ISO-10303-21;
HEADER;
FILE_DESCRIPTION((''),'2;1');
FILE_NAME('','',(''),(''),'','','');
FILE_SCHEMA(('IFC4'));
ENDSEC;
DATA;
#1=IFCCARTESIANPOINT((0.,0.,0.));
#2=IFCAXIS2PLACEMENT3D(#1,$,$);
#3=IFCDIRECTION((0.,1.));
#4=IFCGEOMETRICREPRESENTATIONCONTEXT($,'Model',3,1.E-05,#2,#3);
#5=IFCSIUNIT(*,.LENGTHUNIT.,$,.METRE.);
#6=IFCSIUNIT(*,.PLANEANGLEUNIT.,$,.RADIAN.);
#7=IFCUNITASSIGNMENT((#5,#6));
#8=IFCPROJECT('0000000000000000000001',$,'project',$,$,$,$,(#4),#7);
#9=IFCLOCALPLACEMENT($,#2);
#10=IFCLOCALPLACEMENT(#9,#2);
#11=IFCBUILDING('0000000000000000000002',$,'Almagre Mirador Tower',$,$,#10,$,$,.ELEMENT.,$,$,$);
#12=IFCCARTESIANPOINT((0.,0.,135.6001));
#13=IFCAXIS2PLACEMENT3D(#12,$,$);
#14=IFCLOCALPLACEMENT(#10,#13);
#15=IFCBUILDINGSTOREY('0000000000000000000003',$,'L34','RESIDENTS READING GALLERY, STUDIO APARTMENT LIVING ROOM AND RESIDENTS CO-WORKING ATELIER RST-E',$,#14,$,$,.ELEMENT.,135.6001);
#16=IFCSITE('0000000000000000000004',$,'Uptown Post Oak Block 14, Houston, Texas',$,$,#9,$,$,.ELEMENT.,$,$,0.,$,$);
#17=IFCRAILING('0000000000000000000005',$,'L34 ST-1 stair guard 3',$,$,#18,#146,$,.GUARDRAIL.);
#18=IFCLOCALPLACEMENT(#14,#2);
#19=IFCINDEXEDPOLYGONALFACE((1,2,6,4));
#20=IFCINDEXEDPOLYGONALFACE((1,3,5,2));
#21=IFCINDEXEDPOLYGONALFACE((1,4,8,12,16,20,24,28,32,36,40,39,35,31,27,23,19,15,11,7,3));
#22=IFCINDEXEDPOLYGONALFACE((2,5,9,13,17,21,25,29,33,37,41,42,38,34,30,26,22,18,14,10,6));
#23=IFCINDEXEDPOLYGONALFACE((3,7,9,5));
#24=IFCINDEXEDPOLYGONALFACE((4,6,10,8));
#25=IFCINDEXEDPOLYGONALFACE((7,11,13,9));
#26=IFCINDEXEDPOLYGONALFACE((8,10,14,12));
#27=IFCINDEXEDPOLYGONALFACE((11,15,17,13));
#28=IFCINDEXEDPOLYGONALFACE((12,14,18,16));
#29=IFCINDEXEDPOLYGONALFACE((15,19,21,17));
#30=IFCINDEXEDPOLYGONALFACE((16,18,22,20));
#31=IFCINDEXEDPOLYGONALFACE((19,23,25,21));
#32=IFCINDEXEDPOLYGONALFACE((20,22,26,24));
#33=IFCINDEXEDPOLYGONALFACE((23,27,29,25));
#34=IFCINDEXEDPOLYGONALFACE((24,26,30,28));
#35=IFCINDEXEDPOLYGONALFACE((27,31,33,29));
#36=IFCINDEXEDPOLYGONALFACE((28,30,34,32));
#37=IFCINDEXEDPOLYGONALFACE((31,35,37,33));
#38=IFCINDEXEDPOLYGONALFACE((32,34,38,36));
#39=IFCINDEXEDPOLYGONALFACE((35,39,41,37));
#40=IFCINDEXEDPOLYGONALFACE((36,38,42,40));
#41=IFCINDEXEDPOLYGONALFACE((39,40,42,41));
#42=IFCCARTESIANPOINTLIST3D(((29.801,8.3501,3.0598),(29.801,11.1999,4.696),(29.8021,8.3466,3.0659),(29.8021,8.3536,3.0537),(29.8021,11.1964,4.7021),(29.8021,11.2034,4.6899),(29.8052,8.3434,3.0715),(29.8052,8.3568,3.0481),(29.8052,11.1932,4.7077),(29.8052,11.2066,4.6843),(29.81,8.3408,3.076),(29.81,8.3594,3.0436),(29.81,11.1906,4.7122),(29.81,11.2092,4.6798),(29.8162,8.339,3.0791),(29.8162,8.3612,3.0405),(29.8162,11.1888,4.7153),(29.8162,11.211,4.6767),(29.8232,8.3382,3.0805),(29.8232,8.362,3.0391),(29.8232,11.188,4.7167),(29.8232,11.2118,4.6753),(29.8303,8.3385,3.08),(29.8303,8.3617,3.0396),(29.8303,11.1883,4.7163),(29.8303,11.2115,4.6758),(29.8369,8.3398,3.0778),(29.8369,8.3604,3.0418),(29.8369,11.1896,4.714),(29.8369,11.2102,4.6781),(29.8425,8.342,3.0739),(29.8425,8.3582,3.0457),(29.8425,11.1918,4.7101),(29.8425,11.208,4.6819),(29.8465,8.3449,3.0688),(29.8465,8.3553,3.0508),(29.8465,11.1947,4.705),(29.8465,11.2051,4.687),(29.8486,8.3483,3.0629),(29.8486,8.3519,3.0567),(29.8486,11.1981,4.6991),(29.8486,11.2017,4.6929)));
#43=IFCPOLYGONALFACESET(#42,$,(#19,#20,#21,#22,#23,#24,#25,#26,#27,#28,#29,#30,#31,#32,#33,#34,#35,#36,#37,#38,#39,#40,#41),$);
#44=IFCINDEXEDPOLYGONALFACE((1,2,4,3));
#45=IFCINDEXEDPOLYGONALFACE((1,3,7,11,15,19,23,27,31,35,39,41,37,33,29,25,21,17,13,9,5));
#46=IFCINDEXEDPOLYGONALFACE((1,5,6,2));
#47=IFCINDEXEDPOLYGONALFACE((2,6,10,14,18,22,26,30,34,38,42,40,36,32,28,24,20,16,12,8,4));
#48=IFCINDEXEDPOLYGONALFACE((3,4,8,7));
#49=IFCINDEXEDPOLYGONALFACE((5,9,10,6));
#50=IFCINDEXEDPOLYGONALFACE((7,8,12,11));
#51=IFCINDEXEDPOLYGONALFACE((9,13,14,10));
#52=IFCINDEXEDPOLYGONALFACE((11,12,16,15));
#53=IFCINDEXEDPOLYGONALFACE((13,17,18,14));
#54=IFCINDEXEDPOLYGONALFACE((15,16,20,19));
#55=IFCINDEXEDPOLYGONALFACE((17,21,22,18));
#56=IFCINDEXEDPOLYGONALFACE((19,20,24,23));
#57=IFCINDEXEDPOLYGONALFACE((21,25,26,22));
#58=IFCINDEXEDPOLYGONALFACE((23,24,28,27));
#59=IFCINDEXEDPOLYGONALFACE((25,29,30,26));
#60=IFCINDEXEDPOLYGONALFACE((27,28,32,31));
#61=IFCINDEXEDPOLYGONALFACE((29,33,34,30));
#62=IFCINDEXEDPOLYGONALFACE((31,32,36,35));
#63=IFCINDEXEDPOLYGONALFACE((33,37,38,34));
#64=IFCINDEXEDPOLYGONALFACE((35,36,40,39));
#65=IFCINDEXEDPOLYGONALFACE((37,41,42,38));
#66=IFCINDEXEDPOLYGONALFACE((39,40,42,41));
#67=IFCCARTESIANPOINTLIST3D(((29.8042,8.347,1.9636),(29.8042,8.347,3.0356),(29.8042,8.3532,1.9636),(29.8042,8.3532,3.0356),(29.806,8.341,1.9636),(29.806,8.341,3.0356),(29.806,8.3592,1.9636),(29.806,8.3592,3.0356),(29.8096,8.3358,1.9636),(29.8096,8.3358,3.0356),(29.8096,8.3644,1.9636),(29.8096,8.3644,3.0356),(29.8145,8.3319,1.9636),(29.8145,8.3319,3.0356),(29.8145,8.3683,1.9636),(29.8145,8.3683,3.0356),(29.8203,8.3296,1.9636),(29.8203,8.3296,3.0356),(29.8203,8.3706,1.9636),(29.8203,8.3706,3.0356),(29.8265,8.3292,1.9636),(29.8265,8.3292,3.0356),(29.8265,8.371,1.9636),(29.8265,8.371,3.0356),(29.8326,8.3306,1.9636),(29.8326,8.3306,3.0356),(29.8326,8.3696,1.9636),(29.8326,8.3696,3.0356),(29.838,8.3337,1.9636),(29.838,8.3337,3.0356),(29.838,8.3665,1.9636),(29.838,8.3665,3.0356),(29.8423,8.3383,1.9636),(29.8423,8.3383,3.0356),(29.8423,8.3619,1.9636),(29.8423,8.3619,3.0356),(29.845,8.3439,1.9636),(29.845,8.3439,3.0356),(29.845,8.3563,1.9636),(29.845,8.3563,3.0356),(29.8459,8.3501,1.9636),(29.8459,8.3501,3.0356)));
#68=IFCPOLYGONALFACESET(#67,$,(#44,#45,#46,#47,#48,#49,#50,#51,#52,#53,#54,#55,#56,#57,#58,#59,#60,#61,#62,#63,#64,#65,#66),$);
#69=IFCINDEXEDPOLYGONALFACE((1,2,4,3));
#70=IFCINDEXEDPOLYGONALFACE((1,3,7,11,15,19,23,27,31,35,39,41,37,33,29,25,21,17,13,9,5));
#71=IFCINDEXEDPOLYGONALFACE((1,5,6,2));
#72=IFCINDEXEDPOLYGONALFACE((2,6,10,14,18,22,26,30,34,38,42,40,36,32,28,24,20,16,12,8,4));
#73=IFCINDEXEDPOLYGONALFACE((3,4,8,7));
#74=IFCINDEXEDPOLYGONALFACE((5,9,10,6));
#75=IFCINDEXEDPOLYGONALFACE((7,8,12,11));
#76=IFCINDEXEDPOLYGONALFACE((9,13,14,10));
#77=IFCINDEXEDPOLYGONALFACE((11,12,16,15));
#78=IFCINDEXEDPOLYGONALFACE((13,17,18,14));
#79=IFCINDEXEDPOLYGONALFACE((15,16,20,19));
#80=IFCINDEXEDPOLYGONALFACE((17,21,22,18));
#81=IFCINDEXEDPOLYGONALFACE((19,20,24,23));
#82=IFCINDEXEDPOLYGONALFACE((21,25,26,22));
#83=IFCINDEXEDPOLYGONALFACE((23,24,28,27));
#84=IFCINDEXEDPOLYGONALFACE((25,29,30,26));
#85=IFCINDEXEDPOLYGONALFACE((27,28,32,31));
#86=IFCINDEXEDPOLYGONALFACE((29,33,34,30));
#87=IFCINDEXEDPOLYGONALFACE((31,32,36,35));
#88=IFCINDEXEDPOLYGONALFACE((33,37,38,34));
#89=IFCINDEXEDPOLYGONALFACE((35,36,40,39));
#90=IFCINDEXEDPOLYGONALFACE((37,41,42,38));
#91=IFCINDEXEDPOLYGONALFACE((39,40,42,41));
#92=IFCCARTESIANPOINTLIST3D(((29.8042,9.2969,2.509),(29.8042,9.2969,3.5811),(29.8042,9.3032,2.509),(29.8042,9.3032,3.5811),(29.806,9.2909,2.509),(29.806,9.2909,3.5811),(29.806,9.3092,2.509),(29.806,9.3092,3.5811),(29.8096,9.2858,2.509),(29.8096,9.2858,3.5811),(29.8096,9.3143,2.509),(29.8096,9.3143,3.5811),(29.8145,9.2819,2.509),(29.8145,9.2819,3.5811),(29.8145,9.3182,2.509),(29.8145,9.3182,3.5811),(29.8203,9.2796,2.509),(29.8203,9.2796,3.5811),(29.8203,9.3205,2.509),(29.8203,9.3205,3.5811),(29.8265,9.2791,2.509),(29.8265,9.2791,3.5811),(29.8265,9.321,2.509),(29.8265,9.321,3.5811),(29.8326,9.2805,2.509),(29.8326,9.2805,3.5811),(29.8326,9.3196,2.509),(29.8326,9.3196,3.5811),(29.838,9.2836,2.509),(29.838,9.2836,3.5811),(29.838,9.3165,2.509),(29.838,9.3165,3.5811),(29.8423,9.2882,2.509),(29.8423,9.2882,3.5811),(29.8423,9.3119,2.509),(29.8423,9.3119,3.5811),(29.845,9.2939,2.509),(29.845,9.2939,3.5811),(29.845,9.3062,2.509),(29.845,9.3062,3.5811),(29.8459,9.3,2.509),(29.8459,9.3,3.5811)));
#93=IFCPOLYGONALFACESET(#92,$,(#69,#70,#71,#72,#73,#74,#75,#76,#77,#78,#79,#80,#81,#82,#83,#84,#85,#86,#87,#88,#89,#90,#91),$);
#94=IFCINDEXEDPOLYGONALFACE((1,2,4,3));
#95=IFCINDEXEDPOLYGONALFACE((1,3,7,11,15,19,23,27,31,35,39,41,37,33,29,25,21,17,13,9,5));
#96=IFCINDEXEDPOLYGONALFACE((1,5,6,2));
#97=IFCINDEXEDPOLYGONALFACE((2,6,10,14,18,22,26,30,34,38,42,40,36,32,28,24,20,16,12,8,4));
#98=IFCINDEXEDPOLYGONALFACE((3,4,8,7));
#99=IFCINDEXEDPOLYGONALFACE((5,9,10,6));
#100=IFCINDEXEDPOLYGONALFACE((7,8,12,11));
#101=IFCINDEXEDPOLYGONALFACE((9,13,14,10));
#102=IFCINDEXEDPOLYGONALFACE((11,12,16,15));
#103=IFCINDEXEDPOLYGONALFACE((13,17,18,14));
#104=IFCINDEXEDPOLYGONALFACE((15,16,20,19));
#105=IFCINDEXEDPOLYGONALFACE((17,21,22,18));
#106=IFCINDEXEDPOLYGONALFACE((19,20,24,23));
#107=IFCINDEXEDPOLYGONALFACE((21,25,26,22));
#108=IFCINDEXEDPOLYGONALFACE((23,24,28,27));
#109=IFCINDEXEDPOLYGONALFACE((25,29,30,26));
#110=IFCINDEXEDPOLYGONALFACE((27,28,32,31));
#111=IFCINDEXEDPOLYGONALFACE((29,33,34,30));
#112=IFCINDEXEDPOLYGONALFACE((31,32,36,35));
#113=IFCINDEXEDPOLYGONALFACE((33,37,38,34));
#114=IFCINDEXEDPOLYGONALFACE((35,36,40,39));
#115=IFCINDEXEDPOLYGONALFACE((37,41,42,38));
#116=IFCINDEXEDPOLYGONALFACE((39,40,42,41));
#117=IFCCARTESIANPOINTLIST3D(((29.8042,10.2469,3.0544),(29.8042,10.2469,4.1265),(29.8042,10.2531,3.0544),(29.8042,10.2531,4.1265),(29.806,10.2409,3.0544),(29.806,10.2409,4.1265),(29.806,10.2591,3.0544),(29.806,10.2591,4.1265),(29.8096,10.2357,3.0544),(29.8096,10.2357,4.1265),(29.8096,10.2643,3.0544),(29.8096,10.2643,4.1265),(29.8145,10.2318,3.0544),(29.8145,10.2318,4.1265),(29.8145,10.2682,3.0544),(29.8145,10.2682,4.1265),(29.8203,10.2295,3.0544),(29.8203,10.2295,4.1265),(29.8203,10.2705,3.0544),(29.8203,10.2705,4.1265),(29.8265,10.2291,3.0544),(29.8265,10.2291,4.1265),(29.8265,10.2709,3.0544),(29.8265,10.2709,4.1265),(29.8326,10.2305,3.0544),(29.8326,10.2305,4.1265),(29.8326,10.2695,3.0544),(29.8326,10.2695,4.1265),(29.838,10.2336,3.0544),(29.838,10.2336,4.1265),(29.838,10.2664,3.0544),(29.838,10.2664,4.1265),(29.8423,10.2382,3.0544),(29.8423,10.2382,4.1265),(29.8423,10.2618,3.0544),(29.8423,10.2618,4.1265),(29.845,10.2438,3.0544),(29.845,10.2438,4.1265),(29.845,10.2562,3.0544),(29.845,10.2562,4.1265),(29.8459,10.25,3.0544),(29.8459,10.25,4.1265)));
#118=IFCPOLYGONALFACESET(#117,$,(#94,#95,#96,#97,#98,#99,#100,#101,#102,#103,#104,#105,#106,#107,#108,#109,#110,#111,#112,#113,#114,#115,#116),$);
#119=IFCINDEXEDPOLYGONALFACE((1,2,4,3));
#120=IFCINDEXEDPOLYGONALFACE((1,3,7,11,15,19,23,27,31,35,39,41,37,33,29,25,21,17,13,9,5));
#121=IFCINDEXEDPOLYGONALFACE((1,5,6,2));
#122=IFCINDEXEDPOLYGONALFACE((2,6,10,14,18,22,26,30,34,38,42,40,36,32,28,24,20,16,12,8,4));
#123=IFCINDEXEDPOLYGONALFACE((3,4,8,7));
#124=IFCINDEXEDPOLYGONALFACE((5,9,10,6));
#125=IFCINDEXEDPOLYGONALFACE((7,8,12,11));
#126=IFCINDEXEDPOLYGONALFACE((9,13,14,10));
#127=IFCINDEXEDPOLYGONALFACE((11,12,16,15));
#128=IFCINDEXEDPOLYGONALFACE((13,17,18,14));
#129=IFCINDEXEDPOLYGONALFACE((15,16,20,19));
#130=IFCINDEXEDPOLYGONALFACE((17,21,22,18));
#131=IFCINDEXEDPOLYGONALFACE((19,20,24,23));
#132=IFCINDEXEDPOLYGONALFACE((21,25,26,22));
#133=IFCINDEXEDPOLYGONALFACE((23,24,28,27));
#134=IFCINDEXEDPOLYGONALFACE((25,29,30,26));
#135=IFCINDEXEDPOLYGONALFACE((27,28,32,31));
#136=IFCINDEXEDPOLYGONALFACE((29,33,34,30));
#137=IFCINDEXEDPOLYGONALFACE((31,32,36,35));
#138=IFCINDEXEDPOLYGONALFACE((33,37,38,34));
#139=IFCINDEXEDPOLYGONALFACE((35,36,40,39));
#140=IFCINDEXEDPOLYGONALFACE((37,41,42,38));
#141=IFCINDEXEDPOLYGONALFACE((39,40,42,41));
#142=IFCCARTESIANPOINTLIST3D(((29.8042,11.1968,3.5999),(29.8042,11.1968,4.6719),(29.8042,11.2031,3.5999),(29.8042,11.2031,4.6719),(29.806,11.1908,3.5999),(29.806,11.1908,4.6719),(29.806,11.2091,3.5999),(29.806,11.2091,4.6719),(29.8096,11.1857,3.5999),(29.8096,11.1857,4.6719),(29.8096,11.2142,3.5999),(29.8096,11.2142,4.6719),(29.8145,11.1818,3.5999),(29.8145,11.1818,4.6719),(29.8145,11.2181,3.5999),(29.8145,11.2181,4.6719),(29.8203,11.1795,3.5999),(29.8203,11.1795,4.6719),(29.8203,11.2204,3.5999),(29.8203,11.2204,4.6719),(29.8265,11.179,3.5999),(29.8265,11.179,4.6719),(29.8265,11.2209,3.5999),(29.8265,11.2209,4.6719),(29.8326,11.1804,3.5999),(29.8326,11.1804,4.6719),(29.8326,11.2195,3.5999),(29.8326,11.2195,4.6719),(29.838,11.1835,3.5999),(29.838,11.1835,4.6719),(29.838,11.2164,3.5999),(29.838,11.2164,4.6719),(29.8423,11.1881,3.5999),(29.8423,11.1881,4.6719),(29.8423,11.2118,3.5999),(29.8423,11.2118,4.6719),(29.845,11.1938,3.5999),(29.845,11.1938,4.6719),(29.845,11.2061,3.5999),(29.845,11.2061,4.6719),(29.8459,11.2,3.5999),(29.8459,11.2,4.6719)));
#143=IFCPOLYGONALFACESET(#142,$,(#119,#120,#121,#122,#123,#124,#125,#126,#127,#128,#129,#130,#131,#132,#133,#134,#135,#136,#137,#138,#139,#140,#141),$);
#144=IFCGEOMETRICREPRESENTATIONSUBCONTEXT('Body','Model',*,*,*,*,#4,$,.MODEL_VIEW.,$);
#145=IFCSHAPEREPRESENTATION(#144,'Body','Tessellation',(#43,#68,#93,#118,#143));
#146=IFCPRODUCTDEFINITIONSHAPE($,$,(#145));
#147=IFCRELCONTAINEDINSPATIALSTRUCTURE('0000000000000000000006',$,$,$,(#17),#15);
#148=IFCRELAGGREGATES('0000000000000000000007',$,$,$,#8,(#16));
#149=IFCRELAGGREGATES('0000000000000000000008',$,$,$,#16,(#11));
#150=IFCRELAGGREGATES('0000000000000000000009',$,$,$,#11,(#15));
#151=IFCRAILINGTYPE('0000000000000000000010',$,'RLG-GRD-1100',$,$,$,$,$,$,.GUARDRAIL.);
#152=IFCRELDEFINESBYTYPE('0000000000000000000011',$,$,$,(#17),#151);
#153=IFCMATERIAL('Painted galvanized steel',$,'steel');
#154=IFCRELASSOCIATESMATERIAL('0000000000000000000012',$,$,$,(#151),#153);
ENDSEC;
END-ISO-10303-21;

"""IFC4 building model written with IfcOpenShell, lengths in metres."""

from ifc_helpers import new_model, si_unit, direction, frame, origin, origin_2d, place, context, subcontext, project, spatial, circle, extrude, material, type_object, element, save


model = new_model("IFC4")

# Units and contexts
model_context = context("Model", 3, precision=1e-05, world=origin(), true_north=direction((0.0, 1.0)))
body_context = subcontext(model_context, "Body", "Model", "MODEL_VIEW")
ifc_project = project(units=[si_unit("LENGTHUNIT", "METRE"), si_unit("PLANEANGLEUNIT", "RADIAN")], contexts=[model_context])

# Site, building, storey
site_placement = place(None, origin())
site = spatial("IfcSite", under=ifc_project, at=site_placement, Name="Uptown Post Oak Block 14, Houston, Texas", CompositionType="ELEMENT", RefElevation=0.0)
building_placement = place(site_placement, origin())
building = spatial("IfcBuilding", under=site, at=building_placement, Name="Almagre Mirador Tower", CompositionType="ELEMENT")
storey_placement = place(building_placement, frame((0.0, 0.0, 135.6001)))
storey = spatial("IfcBuildingStorey", under=building, at=storey_placement, Name="L34", Description="RESIDENTS READING GALLERY, STUDIO APARTMENT LIVING ROOM AND RESIDENTS CO-WORKING ATELIER RST-E", CompositionType="ELEMENT", Elevation=135.6001)

# Railing
ifc_material_1 = material(Name="Painted galvanized steel", Category="steel")
railing_type_1 = type_object("IfcRailingType", Name="RLG-GRD-1100", PredefinedType="GUARDRAIL", material=ifc_material_1)
railing_1_placement = place(storey_placement, frame((29.825, 8.3501, 1.9636)))
element("IfcRailing", 1, at=railing_1_placement, inside=storey, type_object=railing_type_1, Name="L34 ST-1 stair guard 3", PredefinedType="GUARDRAIL", context=body_context, shape_type="SweptSolid", body=[
    extrude(circle(Radius=0.0239, at=origin_2d()), frame((0.0, 0.0, 1.0962), z_axis=(0.0, 0.867226, 0.497914), x_axis=(-1.0, 0.0, 0.0)), (0.0, 0.0, 1.0), 3.2861),
    extrude(circle(Radius=0.021, at=origin_2d()), origin(), (0.0, 0.0, 1.0), 1.072),
    extrude(circle(Radius=0.021, at=origin_2d()), frame((0.0, 0.95, 0.5454)), (0.0, 0.0, 1.0), 1.072),
    extrude(circle(Radius=0.021, at=origin_2d()), frame((0.0, 1.8999, 1.0908)), (0.0, 0.0, 1.0), 1.072),
    extrude(circle(Radius=0.021, at=origin_2d()), frame((0.0, 2.8499, 1.6362)), (0.0, 0.0, 1.0), 1.072),
])

save(model, "model.ifc")
